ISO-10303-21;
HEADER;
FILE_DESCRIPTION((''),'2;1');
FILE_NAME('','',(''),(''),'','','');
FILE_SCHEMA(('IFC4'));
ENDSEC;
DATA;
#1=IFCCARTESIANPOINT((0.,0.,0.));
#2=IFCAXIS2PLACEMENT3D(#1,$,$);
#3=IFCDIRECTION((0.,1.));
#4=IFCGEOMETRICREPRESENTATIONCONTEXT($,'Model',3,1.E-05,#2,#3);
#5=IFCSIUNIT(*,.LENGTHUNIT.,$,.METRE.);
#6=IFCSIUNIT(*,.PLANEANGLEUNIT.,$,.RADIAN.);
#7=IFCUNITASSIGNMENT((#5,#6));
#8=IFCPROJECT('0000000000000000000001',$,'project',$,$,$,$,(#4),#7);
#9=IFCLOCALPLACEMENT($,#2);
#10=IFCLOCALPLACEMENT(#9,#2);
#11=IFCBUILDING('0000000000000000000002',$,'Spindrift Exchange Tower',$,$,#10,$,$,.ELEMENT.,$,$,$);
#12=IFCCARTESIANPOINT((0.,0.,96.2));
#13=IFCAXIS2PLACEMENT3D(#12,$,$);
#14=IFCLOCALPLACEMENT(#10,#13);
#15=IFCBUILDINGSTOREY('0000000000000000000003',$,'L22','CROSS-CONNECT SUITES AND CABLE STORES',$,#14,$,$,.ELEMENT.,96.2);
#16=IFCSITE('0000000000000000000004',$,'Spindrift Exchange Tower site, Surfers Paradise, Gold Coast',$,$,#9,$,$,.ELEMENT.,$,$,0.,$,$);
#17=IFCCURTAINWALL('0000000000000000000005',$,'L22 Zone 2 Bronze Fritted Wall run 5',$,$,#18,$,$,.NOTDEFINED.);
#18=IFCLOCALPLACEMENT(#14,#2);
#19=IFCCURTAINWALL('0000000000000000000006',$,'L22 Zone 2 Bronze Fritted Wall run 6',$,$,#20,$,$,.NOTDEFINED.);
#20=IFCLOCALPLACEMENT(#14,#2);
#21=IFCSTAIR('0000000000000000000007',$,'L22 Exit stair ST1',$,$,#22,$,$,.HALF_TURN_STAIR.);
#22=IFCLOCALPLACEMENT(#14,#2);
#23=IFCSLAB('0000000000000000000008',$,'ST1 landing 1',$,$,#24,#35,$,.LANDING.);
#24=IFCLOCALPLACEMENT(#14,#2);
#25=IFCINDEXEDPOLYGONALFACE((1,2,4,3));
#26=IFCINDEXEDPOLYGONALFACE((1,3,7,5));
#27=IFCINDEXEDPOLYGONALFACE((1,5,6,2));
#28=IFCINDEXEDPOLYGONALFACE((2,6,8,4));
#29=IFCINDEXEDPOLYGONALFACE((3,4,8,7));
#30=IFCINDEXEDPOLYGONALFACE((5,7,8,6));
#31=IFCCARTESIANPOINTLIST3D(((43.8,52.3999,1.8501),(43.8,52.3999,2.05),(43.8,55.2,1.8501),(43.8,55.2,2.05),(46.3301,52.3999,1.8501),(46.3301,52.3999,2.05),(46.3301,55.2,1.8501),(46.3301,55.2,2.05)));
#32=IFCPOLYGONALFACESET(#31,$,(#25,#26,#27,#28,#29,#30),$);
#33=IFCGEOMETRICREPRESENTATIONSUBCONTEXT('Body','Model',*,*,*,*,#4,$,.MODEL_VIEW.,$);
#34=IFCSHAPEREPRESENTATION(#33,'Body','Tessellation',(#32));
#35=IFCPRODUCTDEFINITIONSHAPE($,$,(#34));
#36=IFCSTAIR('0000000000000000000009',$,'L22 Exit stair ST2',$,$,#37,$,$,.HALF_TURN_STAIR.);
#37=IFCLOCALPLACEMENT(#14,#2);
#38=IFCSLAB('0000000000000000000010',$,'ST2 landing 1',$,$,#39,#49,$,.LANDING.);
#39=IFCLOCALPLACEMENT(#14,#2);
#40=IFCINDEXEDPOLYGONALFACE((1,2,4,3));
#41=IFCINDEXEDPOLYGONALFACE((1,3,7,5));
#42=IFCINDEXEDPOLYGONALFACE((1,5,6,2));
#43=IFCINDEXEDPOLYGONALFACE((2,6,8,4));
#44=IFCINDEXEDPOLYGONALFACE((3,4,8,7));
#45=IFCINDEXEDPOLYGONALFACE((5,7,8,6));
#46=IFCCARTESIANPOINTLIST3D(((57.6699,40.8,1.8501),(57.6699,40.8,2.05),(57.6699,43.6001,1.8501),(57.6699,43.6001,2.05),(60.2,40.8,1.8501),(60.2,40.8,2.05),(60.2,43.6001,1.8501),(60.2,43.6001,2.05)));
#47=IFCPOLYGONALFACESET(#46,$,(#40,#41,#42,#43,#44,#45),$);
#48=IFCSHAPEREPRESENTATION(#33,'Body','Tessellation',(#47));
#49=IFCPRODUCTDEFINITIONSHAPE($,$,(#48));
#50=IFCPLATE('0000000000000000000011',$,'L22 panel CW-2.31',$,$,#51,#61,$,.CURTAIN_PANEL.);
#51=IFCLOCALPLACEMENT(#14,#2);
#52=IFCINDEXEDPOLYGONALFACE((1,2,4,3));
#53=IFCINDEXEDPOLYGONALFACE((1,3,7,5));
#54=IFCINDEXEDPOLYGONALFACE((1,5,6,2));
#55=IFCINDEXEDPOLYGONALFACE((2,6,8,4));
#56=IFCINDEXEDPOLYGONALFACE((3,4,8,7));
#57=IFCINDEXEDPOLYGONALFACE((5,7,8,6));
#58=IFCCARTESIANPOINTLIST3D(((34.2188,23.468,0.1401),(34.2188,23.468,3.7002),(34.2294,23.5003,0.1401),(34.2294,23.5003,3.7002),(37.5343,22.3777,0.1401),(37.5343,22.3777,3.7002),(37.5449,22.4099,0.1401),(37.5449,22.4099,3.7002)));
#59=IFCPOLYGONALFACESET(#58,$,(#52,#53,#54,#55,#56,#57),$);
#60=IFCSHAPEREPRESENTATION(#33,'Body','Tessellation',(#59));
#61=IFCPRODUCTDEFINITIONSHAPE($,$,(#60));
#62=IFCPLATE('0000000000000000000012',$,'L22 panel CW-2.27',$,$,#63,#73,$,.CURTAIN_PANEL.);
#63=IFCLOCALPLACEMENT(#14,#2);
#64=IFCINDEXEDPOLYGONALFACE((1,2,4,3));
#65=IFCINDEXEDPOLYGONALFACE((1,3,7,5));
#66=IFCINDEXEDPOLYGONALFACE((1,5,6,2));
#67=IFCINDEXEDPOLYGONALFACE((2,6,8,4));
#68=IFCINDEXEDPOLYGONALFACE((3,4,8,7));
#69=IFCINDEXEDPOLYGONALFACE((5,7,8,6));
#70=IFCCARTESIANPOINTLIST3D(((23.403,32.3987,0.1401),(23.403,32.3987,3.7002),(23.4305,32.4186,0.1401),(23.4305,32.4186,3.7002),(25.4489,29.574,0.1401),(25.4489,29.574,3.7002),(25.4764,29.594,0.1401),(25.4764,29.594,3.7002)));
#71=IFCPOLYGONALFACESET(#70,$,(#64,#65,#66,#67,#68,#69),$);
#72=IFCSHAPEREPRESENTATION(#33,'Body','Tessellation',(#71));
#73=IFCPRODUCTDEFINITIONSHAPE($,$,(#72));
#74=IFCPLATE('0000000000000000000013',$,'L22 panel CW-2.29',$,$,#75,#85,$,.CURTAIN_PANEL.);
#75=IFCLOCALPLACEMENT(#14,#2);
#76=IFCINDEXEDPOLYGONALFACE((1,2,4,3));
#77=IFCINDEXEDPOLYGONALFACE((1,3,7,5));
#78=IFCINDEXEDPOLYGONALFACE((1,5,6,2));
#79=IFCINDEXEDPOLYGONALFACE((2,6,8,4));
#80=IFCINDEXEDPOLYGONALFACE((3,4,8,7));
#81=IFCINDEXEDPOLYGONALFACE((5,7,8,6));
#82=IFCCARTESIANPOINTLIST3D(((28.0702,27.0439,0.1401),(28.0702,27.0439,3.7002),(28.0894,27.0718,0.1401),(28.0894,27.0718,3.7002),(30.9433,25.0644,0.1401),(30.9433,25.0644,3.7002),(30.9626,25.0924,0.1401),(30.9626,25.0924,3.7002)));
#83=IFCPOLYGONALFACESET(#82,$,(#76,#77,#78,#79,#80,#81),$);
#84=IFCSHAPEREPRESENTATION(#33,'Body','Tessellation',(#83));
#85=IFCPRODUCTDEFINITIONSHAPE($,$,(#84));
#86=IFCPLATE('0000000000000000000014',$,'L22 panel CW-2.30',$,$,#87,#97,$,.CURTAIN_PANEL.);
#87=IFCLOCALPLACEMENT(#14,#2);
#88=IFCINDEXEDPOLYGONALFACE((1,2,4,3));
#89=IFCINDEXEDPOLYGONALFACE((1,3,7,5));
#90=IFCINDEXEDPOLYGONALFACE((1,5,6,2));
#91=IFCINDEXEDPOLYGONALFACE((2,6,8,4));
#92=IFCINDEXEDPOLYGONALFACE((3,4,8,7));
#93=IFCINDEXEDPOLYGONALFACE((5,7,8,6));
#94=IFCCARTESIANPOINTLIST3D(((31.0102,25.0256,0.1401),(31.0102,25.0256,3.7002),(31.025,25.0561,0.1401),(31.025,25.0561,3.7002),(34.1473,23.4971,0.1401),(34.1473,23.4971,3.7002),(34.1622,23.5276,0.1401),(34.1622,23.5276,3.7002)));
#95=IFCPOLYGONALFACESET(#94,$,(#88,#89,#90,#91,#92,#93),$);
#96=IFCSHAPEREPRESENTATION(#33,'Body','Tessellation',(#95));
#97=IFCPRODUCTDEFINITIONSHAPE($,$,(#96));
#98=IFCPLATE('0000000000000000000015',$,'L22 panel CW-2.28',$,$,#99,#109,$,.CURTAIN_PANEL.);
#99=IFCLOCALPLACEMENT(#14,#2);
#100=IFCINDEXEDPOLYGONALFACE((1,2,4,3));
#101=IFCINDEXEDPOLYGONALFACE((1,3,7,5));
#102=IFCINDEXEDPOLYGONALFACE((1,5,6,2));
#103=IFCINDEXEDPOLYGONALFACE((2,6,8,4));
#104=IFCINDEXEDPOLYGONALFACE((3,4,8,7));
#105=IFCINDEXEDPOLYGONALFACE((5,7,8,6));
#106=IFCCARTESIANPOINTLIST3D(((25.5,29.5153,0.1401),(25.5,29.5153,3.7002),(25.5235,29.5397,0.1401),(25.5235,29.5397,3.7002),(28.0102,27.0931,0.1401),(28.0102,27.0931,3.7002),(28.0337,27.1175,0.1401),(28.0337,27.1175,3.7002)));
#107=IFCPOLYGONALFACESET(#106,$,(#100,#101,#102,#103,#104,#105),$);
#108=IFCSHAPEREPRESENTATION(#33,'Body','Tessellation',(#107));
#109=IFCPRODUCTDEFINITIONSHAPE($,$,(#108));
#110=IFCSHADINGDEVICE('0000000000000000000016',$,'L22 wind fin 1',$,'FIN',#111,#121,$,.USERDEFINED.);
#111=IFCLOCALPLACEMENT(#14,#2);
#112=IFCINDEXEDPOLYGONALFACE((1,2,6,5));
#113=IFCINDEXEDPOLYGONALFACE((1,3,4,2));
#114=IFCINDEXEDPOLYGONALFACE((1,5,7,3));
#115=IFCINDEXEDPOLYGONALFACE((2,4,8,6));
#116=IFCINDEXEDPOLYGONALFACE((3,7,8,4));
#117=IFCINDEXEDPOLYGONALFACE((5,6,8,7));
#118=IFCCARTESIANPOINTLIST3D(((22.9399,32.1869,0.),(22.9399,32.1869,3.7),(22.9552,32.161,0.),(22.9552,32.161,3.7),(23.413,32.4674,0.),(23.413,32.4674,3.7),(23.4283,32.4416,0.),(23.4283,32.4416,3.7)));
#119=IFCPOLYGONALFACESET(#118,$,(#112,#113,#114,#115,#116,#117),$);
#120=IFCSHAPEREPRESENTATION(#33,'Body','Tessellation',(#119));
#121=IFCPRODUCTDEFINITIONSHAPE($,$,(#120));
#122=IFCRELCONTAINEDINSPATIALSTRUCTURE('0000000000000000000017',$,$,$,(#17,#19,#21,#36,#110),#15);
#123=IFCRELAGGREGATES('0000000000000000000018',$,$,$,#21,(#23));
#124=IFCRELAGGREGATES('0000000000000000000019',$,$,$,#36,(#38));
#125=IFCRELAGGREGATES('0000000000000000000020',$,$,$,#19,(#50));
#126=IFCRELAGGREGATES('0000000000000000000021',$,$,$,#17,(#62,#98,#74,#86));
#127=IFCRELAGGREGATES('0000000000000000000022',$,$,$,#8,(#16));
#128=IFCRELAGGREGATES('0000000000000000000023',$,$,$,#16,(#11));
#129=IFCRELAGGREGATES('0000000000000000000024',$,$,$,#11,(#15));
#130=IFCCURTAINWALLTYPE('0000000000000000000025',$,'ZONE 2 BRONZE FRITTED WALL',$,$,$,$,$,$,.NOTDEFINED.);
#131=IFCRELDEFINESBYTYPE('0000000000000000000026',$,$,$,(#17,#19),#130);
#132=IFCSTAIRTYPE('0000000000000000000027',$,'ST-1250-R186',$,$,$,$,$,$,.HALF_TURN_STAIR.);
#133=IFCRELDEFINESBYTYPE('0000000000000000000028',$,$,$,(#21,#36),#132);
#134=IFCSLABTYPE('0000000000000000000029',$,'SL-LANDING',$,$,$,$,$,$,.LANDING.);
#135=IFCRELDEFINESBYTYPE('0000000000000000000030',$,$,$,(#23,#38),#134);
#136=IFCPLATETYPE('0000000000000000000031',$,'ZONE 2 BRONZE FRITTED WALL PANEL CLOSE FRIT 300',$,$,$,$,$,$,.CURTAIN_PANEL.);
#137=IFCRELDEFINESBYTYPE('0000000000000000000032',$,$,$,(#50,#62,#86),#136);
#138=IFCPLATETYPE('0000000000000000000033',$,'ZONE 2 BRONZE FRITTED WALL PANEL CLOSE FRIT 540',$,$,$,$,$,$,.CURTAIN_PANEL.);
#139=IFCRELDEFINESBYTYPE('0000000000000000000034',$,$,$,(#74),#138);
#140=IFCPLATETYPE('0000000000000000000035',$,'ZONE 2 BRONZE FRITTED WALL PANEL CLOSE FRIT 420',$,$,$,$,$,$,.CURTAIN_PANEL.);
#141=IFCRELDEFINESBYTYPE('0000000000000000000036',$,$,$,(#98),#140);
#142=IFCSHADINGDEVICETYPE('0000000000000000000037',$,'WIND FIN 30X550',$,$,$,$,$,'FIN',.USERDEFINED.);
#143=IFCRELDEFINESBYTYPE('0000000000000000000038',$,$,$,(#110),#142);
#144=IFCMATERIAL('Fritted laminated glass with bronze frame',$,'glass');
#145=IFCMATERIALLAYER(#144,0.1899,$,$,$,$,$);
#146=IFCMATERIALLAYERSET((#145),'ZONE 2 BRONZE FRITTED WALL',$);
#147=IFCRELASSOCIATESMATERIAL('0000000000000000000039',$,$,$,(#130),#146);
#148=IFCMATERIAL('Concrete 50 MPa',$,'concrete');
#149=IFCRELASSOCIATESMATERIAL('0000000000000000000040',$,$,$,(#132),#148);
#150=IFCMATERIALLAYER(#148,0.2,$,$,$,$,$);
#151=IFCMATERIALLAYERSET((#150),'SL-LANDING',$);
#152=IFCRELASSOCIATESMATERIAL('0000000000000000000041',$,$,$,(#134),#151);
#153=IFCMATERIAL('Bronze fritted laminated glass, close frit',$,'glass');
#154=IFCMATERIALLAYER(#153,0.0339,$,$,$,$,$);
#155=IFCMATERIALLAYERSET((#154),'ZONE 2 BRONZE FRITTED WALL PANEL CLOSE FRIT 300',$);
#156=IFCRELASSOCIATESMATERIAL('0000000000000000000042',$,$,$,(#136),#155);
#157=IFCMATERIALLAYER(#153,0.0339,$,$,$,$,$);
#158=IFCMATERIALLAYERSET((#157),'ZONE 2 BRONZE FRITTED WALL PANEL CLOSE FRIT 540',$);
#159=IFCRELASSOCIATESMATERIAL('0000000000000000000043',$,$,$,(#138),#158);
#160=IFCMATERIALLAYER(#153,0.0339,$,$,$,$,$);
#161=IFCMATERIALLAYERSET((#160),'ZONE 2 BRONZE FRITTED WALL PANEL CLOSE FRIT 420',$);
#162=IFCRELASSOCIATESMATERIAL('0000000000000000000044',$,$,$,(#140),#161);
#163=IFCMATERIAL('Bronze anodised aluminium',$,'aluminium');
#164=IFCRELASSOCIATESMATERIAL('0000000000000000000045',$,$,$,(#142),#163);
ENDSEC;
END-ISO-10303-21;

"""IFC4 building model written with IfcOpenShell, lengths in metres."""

from ifc_helpers import new_model, si_unit, direction, frame, origin, origin_2d, place, context, subcontext, project, spatial, line, indexed_curve, rectangle, outline, extrude, source, transform, mapped, material, layer, layer_set, material_profile, profile_set, type_object, element, aggregate, save


model = new_model("IFC4")

# Units and contexts
model_context = context("Model", 3, precision=1e-05, world=origin(), true_north=direction((0.0, 1.0)))
body_context = subcontext(model_context, "Body", "Model", "MODEL_VIEW")
ifc_project = project(units=[si_unit("LENGTHUNIT", "METRE"), si_unit("PLANEANGLEUNIT", "RADIAN")], contexts=[model_context])

# Site, building, storey
site_placement = place(None, origin())
site = spatial("IfcSite", under=ifc_project, at=site_placement, Name="Spindrift Exchange Tower site, Surfers Paradise, Gold Coast", CompositionType="ELEMENT", RefElevation=0.0)
building_placement = place(site_placement, origin())
building = spatial("IfcBuilding", under=site, at=building_placement, Name="Spindrift Exchange Tower", CompositionType="ELEMENT")
storey_placement = place(building_placement, frame((0.0, 0.0, 96.2)))
storey = spatial("IfcBuildingStorey", under=building, at=storey_placement, Name="L22", Description="CROSS-CONNECT SUITES AND CABLE STORES", CompositionType="ELEMENT", Elevation=96.2)

# Curtain walls
ifc_material_1 = material(Name="Fritted laminated glass with bronze frame", Category="glass")
ifc_layer_1 = layer(ifc_material_1, 0.1899)
ifc_layer_set_1 = layer_set([ifc_layer_1], Name="ZONE 2 BRONZE FRITTED WALL")
curtain_wall_type = type_object("IfcCurtainWallType", Name="ZONE 2 BRONZE FRITTED WALL", PredefinedType="NOTDEFINED", material=ifc_layer_set_1)
curtain_wall_1_placement = place(storey_placement, origin())
curtain_wall_1 = element("IfcCurtainWall", 1, at=curtain_wall_1_placement, inside=storey, type_object=curtain_wall_type, Name="L22 Zone 2 Bronze Fritted Wall run 5", PredefinedType="NOTDEFINED")
ifc_material_2 = material(Name="Bronze anodised aluminium", Category="aluminium")
curtain_wall_2_placement = place(storey_placement, origin())
curtain_wall_2 = element("IfcCurtainWall", 2, at=curtain_wall_2_placement, inside=storey, type_object=curtain_wall_type, Name="L22 Zone 2 Bronze Fritted Wall run 6", PredefinedType="NOTDEFINED")

# Shared definitions
ifc_material_3 = material(Name="Concrete 50 MPa", Category="concrete")

# Stairs, slabs
stair_type = type_object("IfcStairType", Name="ST-1250-R186", PredefinedType="HALF_TURN_STAIR", material=ifc_material_3)
stair_1_placement = place(storey_placement, origin())
stair_1 = element("IfcStair", 3, at=stair_1_placement, inside=storey, type_object=stair_type, Name="L22 Exit stair ST1", PredefinedType="HALF_TURN_STAIR")
ifc_layer_2 = layer(ifc_material_3, 0.2)
ifc_layer_set_2 = layer_set([ifc_layer_2], Name="SL-LANDING")
slab_type_1 = type_object("IfcSlabType", Name="SL-LANDING", PredefinedType="LANDING", material=ifc_layer_set_2)
slab_1_placement = place(storey_placement, frame((0.0, 0.0, 1.8501)))
slab_1 = element("IfcSlab", 4, at=slab_1_placement, type_object=slab_type_1, Name="ST1 landing 1", PredefinedType="LANDING", context=body_context, shape_type="SweptSolid", body=[
    extrude(outline(indexed_curve([(46.3301, 52.3999), (43.8, 52.3999), (43.8, 55.2), (46.3301, 55.2)], segments=[line(1, 2, 3, 4, 1)], self_intersect=False)), origin(), (0.0, 0.0, 1.0), 0.2),
])
aggregate(stair_1, [slab_1])
stair_2_placement = place(storey_placement, origin())
stair_2 = element("IfcStair", 5, at=stair_2_placement, inside=storey, type_object=stair_type, Name="L22 Exit stair ST2", PredefinedType="HALF_TURN_STAIR")
slab_2_placement = place(storey_placement, frame((0.0, 0.0, 1.8501)))
slab_2 = element("IfcSlab", 6, at=slab_2_placement, type_object=slab_type_1, Name="ST2 landing 1", PredefinedType="LANDING", context=body_context, shape_type="SweptSolid", body=[
    extrude(outline(indexed_curve([(57.6699, 43.6001), (60.2, 43.6001), (60.2, 40.8), (57.6699, 40.8)], segments=[line(1, 2, 3, 4, 1)], self_intersect=False)), origin(), (0.0, 0.0, 1.0), 0.2),
])
aggregate(stair_2, [slab_2])

# Plates
ifc_material_4 = material(Name="Bronze fritted laminated glass, close frit", Category="glass")
ifc_layer_3 = layer(ifc_material_4, 0.0339)
ifc_layer_set_3 = layer_set([ifc_layer_3], Name="ZONE 2 BRONZE FRITTED WALL PANEL CLOSE FRIT 300")
plate_type_1 = type_object("IfcPlateType", Name="ZONE 2 BRONZE FRITTED WALL PANEL CLOSE FRIT 300", PredefinedType="CURTAIN_PANEL", material=ifc_layer_set_3)
shared_shape_1 = source(origin(), body_context, "Body", "SweptSolid", [
    extrude(rectangle(XDim=3.4902, YDim=0.0339, at=origin_2d()), origin(), (0.0, 0.0, 1.0), 3.5601),
])
plate_1_placement = place(storey_placement, frame((35.8818, 22.939, 0.1401), z_axis=(0.0, 0.0, 1.0), x_axis=(0.949949, -0.312405, 0.0)))
plate_1 = element("IfcPlate", 7, at=plate_1_placement, type_object=plate_type_1, Name="L22 panel CW-2.31", PredefinedType="CURTAIN_PANEL", context=body_context, shape_type="MappedRepresentation", body=[
    mapped(shared_shape_1, transform((0.0, 0.0, 0.0), scale=1.0)),
])
aggregate(curtain_wall_2, [plate_1])
shared_shape_2 = source(origin(), body_context, "Body", "SweptSolid", [
    extrude(rectangle(XDim=3.4878, YDim=0.0339, at=origin_2d()), origin(), (0.0, 0.0, 1.0), 3.5601),
])
plate_2_placement = place(storey_placement, frame((24.4397, 30.9963, 0.1401), z_axis=(0.0, 0.0, 1.0), x_axis=(0.586601, -0.809876, 0.0)))
plate_2 = element("IfcPlate", 8, at=plate_2_placement, type_object=plate_type_1, Name="L22 panel CW-2.27", PredefinedType="CURTAIN_PANEL", context=body_context, shape_type="MappedRepresentation", body=[
    mapped(shared_shape_2, transform((0.0, 0.0, 0.0), scale=1.0)),
])
ifc_layer_4 = layer(ifc_material_4, 0.0339)
ifc_layer_set_4 = layer_set([ifc_layer_4], Name="ZONE 2 BRONZE FRITTED WALL PANEL CLOSE FRIT 540")
plate_type_2 = type_object("IfcPlateType", Name="ZONE 2 BRONZE FRITTED WALL PANEL CLOSE FRIT 540", PredefinedType="CURTAIN_PANEL", material=ifc_layer_set_4)
shared_shape_3 = source(origin(), body_context, "Body", "SweptSolid", [
    extrude(rectangle(XDim=3.489, YDim=0.0339, at=origin_2d()), origin(), (0.0, 0.0, 1.0), 3.5601),
])
plate_3_placement = place(storey_placement, frame((29.5164, 26.0681, 0.1401), z_axis=(0.0, 0.0, 1.0), x_axis=(0.82348, -0.567345, 0.0)))
plate_3 = element("IfcPlate", 9, at=plate_3_placement, type_object=plate_type_2, Name="L22 panel CW-2.29", PredefinedType="CURTAIN_PANEL", context=body_context, shape_type="MappedRepresentation", body=[
    mapped(shared_shape_3, transform((0.0, 0.0, 0.0), scale=1.0)),
])
shared_shape_4 = source(origin(), body_context, "Body", "SweptSolid", [
    extrude(rectangle(XDim=3.4897, YDim=0.0339, at=origin_2d()), origin(), (0.0, 0.0, 1.0), 3.5601),
])
plate_4_placement = place(storey_placement, frame((32.5862, 24.2766, 0.1401), z_axis=(0.0, 0.0, 1.0), x_axis=(0.898969, -0.438012, 0.0)))
plate_4 = element("IfcPlate", 10, at=plate_4_placement, type_object=plate_type_1, Name="L22 panel CW-2.30", PredefinedType="CURTAIN_PANEL", context=body_context, shape_type="MappedRepresentation", body=[
    mapped(shared_shape_4, transform((0.0, 0.0, 0.0), scale=1.0)),
])
ifc_layer_5 = layer(ifc_material_4, 0.0339)
ifc_layer_set_5 = layer_set([ifc_layer_5], Name="ZONE 2 BRONZE FRITTED WALL PANEL CLOSE FRIT 420")
plate_type_3 = type_object("IfcPlateType", Name="ZONE 2 BRONZE FRITTED WALL PANEL CLOSE FRIT 420", PredefinedType="CURTAIN_PANEL", material=ifc_layer_set_5)
shared_shape_5 = source(origin(), body_context, "Body", "SweptSolid", [
    extrude(rectangle(XDim=3.4883, YDim=0.0339, at=origin_2d()), origin(), (0.0, 0.0, 1.0), 3.5601),
])
plate_5_placement = place(storey_placement, frame((26.7668, 28.3164, 0.1401), z_axis=(0.0, 0.0, 1.0), x_axis=(0.719609, -0.69438, 0.0)))
plate_5 = element("IfcPlate", 11, at=plate_5_placement, type_object=plate_type_3, Name="L22 panel CW-2.28", PredefinedType="CURTAIN_PANEL", context=body_context, shape_type="MappedRepresentation", body=[
    mapped(shared_shape_5, transform((0.0, 0.0, 0.0), scale=1.0)),
])
aggregate(curtain_wall_1, [plate_2, plate_5, plate_3, plate_4])

# Shading device
ifc_material_profile_1 = material_profile(ifc_material_2, rectangle(XDim=0.03, YDim=0.55, at=origin_2d()), Name="WIND FIN 30X550")
ifc_profile_set_1 = profile_set([ifc_material_profile_1], Name="Bronze anodised aluminium")
shading_device_type = type_object("IfcShadingDeviceType", Name="WIND FIN 30X550", ElementType="FIN", PredefinedType="USERDEFINED", material=ifc_profile_set_1)
shared_shape_6 = source(origin(), body_context, "Body", "SweptSolid", [
    extrude(rectangle(XDim=0.03, YDim=0.55, at=origin_2d()), origin(), (0.0, 0.0, 1.0), 3.7),
])
shading_device_placement = place(storey_placement, frame((23.1841, 32.3142, 0.0), z_axis=(0.0, 0.0, 1.0), x_axis=(0.509989, -0.860181, 0.0)))
element("IfcShadingDevice", 12, at=shading_device_placement, inside=storey, type_object=shading_device_type, Name="L22 wind fin 1", ObjectType="FIN", PredefinedType="USERDEFINED", context=body_context, shape_type="MappedRepresentation", body=[
    mapped(shared_shape_6, transform((0.0, 0.0, 0.0), scale=1.0)),
])

save(model, "model.ifc")
